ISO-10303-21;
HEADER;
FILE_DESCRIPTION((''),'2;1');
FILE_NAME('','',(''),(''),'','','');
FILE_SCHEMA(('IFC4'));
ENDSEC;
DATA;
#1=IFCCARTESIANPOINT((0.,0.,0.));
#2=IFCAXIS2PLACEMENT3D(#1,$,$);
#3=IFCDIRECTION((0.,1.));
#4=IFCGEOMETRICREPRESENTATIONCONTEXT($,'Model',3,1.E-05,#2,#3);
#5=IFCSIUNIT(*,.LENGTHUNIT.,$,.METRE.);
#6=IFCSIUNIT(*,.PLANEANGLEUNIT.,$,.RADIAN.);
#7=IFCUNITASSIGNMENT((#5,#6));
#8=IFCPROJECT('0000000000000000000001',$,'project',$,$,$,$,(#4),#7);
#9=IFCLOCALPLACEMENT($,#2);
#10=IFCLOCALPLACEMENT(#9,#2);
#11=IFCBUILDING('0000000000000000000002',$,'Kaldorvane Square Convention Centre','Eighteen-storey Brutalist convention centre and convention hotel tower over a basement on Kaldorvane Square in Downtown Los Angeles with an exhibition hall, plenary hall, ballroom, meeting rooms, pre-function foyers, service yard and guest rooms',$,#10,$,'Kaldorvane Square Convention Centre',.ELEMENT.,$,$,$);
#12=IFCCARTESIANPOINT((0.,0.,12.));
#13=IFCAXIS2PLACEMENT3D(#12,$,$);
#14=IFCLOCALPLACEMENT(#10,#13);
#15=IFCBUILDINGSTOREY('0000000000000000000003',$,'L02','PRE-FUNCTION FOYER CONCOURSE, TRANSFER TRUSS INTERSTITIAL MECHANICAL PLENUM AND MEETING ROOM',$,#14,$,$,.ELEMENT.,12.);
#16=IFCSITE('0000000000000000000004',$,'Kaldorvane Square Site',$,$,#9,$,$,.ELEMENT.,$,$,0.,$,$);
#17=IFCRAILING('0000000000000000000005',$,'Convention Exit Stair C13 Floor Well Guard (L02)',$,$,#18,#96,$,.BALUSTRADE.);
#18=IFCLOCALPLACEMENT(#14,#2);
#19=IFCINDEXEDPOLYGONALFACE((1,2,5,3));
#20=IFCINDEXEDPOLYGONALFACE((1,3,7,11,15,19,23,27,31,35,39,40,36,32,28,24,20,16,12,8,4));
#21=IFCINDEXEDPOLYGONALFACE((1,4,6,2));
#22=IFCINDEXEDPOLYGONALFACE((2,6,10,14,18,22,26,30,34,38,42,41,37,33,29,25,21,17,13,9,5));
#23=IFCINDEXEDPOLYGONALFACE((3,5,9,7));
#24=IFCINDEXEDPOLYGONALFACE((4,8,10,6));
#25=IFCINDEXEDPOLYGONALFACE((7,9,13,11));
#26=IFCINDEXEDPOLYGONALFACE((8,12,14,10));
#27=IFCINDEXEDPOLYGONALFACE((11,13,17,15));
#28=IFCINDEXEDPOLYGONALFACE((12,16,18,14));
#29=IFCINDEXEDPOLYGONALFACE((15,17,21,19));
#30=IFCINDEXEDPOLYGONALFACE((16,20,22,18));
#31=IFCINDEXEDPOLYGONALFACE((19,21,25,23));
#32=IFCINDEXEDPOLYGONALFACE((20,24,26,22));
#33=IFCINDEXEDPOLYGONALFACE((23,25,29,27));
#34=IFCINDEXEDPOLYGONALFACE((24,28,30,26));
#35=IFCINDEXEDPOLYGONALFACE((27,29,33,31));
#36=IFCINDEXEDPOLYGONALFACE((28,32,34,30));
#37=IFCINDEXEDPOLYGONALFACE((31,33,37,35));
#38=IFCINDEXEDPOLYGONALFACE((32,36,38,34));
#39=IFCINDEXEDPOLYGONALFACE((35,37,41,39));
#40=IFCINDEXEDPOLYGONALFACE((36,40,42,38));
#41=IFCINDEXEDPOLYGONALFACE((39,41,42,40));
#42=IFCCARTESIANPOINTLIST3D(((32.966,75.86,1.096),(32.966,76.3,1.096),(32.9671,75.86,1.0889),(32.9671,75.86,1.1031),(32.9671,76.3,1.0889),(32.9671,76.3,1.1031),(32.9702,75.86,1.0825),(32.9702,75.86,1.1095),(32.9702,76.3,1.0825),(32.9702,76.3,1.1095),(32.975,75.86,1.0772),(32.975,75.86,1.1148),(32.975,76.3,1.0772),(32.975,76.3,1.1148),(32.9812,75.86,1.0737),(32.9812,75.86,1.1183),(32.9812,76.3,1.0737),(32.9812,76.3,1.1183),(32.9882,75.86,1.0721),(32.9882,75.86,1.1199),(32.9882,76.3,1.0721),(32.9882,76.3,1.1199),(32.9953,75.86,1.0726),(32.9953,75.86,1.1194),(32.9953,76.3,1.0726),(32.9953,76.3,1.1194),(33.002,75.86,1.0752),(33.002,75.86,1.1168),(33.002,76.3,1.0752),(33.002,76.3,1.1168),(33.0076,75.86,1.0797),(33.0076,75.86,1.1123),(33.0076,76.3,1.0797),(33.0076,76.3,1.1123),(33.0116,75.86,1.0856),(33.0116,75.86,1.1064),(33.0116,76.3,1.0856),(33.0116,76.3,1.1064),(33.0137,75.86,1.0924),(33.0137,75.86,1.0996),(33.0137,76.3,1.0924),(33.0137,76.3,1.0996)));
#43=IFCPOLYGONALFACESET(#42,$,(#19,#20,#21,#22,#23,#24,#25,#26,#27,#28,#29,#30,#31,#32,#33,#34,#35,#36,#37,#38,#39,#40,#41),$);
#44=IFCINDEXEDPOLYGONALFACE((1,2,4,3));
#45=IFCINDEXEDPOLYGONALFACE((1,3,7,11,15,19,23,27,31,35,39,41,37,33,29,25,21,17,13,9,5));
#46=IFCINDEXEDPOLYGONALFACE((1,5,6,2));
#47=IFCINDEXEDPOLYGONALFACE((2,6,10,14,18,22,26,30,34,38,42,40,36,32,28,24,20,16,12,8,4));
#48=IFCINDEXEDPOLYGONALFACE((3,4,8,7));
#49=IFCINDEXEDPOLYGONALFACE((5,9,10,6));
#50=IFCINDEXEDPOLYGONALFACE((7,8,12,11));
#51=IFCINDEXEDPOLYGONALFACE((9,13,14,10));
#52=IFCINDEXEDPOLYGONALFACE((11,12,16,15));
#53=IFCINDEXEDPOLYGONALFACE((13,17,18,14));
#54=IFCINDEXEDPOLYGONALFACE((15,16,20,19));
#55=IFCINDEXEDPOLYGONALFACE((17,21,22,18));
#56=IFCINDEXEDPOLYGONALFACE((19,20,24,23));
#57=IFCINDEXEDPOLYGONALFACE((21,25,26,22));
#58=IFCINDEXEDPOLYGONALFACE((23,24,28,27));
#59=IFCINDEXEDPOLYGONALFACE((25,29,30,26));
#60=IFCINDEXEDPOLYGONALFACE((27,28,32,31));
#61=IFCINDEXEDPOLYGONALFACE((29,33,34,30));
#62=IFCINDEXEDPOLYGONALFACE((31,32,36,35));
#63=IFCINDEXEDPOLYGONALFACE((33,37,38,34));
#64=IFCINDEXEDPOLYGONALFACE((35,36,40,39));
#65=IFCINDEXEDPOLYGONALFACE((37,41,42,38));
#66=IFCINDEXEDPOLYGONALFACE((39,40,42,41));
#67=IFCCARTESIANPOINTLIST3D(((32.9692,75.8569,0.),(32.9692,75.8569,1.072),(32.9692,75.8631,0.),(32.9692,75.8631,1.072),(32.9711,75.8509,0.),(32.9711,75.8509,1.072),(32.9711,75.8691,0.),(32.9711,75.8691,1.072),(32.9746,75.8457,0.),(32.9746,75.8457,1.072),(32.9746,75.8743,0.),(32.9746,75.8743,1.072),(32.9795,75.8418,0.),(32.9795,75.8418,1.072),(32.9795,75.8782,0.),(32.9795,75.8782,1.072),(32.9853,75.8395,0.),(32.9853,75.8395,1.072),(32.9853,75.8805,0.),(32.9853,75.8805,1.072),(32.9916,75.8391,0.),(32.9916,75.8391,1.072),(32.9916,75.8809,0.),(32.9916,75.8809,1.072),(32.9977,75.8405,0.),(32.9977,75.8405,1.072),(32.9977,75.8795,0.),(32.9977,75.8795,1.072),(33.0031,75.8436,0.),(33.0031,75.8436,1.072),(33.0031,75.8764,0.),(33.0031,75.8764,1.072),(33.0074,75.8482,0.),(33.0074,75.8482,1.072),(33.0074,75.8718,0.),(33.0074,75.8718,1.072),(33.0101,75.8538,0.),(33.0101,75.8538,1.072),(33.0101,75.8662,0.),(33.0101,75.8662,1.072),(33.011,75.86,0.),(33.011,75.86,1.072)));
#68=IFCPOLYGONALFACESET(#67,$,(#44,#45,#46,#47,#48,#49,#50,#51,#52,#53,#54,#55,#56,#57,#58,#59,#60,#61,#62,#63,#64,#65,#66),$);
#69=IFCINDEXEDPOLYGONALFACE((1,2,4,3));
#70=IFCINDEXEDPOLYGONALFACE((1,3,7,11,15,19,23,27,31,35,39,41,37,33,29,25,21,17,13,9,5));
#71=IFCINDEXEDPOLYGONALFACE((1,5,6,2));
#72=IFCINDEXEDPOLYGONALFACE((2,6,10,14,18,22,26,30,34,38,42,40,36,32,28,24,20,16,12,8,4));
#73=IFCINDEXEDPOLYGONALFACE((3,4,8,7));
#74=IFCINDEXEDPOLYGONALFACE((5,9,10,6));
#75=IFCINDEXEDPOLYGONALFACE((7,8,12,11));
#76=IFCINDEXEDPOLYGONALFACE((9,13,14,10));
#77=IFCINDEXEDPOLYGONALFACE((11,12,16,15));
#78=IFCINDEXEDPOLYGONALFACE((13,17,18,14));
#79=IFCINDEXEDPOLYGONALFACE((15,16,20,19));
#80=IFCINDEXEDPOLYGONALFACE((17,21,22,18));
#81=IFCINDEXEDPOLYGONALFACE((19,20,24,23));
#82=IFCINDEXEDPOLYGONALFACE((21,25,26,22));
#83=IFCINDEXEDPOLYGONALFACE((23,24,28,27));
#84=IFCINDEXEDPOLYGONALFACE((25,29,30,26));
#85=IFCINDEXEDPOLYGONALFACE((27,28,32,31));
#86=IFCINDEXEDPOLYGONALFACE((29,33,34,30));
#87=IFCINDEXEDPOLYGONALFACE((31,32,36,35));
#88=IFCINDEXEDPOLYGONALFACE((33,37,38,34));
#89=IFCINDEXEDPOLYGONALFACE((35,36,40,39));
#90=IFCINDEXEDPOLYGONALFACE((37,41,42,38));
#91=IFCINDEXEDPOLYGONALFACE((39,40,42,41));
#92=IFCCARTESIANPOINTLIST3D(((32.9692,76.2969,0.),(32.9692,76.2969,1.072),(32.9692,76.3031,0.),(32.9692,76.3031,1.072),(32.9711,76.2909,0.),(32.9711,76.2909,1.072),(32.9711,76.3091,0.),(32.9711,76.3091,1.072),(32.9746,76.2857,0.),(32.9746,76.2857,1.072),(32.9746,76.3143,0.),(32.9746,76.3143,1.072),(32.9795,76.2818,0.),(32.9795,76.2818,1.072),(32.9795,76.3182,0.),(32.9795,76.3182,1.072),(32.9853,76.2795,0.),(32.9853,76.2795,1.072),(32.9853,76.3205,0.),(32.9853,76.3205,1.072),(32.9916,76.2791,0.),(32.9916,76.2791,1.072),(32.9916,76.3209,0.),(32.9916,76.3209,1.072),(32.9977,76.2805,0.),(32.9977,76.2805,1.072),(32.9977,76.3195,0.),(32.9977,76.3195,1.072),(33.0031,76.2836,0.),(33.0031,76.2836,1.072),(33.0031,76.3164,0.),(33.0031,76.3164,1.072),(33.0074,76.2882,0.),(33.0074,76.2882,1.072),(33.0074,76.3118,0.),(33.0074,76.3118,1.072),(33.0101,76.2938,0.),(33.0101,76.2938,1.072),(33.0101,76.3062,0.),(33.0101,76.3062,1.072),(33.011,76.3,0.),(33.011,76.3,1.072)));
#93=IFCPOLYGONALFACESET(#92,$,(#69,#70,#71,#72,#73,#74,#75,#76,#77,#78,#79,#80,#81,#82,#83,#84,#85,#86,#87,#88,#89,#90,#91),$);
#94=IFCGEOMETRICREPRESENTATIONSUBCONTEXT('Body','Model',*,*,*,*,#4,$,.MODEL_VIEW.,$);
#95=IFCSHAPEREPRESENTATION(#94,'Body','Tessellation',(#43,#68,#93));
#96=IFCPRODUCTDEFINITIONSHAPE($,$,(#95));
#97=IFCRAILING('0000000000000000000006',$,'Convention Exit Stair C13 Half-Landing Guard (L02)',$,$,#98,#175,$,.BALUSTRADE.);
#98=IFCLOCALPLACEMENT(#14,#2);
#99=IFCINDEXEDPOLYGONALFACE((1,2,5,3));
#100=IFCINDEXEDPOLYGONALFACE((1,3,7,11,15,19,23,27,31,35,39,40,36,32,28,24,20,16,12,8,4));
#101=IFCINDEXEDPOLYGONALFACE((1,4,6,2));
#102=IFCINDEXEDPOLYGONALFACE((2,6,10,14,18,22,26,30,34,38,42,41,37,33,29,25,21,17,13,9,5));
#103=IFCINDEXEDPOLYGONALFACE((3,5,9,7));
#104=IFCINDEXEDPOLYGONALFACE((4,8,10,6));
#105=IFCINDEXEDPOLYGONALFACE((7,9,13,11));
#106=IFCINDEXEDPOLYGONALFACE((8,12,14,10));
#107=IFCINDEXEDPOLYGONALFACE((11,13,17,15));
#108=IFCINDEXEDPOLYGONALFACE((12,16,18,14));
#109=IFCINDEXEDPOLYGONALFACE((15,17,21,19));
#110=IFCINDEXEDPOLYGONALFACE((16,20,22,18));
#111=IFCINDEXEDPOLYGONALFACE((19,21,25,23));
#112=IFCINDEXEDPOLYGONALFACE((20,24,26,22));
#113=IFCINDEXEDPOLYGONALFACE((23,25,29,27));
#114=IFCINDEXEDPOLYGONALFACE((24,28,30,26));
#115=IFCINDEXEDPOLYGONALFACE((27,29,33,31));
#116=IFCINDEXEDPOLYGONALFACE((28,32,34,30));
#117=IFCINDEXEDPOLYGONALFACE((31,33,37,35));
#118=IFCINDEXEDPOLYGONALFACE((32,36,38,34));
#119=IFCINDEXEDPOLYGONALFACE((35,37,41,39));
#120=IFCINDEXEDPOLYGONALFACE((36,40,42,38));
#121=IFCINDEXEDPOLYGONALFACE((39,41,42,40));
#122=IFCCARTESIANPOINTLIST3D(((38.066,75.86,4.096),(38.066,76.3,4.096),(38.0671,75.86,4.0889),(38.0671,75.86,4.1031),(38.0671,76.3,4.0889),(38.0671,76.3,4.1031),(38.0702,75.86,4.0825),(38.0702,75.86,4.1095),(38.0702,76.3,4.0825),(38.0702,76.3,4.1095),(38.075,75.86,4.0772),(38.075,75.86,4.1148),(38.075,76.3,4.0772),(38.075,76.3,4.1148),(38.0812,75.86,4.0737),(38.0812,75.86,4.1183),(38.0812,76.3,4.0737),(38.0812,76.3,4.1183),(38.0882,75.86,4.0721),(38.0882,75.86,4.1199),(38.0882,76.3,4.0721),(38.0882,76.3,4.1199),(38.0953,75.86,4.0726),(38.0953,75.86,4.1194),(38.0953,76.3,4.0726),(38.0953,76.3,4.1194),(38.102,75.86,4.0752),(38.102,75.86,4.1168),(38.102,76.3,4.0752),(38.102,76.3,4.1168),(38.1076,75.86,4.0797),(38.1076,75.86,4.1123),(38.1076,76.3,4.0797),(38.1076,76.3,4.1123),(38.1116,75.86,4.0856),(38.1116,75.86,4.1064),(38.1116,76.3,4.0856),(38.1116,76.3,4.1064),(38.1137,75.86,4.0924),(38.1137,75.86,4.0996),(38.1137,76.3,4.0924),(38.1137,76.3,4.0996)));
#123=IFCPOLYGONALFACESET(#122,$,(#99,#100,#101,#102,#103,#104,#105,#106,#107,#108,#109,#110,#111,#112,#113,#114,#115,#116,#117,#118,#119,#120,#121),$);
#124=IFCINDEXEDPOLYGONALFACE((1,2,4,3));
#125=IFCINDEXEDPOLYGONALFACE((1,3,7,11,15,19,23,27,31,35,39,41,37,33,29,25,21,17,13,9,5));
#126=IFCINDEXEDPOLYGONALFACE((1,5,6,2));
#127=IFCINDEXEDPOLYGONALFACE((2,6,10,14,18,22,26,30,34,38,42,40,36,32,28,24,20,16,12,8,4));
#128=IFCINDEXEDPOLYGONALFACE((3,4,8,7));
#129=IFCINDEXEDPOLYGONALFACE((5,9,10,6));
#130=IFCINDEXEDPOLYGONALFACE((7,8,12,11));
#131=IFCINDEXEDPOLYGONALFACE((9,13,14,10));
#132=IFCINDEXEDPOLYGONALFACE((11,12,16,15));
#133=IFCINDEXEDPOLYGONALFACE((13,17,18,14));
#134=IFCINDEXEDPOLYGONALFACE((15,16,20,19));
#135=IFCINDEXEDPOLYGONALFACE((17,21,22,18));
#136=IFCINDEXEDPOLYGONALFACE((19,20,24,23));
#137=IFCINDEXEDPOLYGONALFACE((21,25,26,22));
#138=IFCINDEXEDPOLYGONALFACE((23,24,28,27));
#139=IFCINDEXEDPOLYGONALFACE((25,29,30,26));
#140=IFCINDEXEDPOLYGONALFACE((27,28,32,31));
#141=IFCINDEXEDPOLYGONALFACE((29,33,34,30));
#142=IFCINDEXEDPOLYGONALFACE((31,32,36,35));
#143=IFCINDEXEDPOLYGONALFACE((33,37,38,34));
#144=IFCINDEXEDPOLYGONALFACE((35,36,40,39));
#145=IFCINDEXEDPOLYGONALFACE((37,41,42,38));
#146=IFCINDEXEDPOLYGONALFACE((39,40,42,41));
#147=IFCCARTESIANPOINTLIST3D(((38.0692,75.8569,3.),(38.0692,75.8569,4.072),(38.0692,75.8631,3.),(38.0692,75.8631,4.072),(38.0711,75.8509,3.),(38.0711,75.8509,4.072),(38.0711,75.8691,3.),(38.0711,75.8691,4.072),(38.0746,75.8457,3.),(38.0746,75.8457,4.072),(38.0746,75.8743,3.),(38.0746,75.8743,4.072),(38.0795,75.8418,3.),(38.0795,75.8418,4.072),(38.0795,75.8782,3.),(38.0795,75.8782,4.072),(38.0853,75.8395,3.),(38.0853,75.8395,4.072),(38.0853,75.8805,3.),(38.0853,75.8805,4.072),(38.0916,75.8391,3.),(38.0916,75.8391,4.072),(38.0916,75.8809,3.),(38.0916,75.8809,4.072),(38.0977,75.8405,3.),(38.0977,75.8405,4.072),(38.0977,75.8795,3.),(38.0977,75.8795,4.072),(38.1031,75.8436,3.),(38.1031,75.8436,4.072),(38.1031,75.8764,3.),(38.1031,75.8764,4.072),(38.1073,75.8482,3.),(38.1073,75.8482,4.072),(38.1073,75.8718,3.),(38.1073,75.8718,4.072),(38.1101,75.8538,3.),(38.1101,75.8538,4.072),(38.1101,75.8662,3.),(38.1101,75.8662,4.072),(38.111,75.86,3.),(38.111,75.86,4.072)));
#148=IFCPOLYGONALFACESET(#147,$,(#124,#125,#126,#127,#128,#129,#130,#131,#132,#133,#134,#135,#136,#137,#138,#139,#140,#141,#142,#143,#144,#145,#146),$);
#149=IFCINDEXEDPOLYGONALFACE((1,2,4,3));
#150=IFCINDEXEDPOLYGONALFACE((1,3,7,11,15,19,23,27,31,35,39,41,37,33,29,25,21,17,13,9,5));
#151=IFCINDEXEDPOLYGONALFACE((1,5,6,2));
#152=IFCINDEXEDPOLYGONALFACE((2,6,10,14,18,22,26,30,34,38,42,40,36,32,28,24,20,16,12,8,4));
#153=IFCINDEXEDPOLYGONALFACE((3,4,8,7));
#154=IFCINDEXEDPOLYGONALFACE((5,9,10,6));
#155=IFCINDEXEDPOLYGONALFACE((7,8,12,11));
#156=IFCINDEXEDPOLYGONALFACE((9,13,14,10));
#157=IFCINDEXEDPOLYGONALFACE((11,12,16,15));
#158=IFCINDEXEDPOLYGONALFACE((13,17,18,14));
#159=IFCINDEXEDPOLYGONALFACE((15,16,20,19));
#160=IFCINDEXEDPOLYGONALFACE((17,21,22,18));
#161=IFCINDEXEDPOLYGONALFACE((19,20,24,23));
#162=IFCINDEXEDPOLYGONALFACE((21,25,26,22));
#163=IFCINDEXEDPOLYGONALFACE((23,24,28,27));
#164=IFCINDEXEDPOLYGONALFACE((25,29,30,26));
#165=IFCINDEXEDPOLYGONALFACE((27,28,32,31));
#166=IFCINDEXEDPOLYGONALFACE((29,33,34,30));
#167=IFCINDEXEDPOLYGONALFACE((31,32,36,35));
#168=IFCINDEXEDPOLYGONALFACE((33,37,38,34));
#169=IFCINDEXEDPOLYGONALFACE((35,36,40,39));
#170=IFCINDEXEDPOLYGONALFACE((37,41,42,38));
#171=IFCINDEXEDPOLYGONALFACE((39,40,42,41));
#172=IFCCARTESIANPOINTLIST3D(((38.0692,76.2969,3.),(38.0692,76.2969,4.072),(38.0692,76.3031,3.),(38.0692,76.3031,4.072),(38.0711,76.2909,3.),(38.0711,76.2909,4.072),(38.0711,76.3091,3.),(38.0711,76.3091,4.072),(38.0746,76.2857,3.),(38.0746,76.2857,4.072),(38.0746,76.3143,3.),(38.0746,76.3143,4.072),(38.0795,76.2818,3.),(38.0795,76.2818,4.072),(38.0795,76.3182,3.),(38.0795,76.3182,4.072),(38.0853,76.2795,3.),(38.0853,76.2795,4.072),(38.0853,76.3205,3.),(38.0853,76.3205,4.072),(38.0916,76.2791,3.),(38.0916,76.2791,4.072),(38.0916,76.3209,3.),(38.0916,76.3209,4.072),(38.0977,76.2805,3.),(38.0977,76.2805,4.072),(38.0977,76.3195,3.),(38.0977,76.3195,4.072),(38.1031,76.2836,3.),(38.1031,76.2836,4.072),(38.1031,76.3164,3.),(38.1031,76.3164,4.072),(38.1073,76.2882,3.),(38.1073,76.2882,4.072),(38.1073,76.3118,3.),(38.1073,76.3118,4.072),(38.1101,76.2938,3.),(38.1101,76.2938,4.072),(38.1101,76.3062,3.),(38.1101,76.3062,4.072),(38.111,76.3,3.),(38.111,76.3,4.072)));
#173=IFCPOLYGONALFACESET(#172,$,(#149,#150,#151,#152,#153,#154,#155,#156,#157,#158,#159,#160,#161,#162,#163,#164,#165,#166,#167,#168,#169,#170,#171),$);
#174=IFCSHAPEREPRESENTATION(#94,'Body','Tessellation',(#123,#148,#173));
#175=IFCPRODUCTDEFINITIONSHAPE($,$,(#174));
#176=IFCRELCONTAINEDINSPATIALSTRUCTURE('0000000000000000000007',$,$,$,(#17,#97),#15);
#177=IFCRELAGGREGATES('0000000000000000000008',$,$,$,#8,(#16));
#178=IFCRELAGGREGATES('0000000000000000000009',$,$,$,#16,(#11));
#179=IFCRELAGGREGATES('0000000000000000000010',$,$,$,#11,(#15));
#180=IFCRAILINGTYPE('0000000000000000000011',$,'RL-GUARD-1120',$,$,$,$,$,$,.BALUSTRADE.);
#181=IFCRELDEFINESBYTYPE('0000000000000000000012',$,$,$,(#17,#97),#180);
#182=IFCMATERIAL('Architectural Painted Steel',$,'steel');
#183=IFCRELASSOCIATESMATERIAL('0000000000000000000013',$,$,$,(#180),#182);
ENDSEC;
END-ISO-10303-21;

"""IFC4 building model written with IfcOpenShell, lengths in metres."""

from ifc_helpers import new_model, si_unit, direction, frame, origin, origin_2d, place, context, subcontext, project, spatial, circle, extrude, material, type_object, element, save


model = new_model("IFC4")

# Units and contexts
model_context = context("Model", 3, precision=1e-05, world=origin(), true_north=direction((0.0, 1.0)))
body_context = subcontext(model_context, "Body", "Model", "MODEL_VIEW")
ifc_project = project(units=[si_unit("LENGTHUNIT", "METRE"), si_unit("PLANEANGLEUNIT", "RADIAN")], contexts=[model_context])

# Site, building, storey
site_placement = place(None, origin())
site = spatial("IfcSite", under=ifc_project, at=site_placement, Name="Kaldorvane Square Site", CompositionType="ELEMENT", RefElevation=0.0)
building_placement = place(site_placement, origin())
building = spatial("IfcBuilding", under=site, at=building_placement, Name="Kaldorvane Square Convention Centre", Description="Eighteen-storey Brutalist convention centre and convention hotel tower over a basement on Kaldorvane Square in Downtown Los Angeles with an exhibition hall, plenary hall, ballroom, meeting rooms, pre-function foyers, service yard and guest rooms", LongName="Kaldorvane Square Convention Centre", CompositionType="ELEMENT")
storey_placement = place(building_placement, frame((0.0, 0.0, 12.0)))
storey = spatial("IfcBuildingStorey", under=building, at=storey_placement, Name="L02", Description="PRE-FUNCTION FOYER CONCOURSE, TRANSFER TRUSS INTERSTITIAL MECHANICAL PLENUM AND MEETING ROOM", CompositionType="ELEMENT", Elevation=12.0)

# Railings
ifc_material_1 = material(Name="Architectural Painted Steel", Category="steel")
railing_type_1 = type_object("IfcRailingType", Name="RL-GUARD-1120", PredefinedType="BALUSTRADE", material=ifc_material_1)
for number, where, name in (
    (1, (32.99, 75.86, 0.0), "Convention Exit Stair C13 Floor Well Guard (L02)"),
    (2, (38.09, 75.86, 3.0), "Convention Exit Stair C13 Half-Landing Guard (L02)"),
):
    element("IfcRailing", number, at=place(storey_placement, frame(where)), inside=storey, type_object=railing_type_1, Name=name, PredefinedType="BALUSTRADE", context=body_context, shape_type="SweptSolid", body=[
        extrude(circle(Radius=0.024, at=origin_2d()), frame((0.0, 0.0, 1.096), z_axis=(0.0, 1.0, 0.0), x_axis=(-1.0, 0.0, 0.0)), (0.0, 0.0, 1.0), 0.44),
        extrude(circle(Radius=0.021, at=origin_2d()), origin(), (0.0, 0.0, 1.0), 1.072),
        extrude(circle(Radius=0.021, at=origin_2d()), frame((0.0, 0.44, 0.0)), (0.0, 0.0, 1.0), 1.072),
    ])

save(model, "model.ifc")
